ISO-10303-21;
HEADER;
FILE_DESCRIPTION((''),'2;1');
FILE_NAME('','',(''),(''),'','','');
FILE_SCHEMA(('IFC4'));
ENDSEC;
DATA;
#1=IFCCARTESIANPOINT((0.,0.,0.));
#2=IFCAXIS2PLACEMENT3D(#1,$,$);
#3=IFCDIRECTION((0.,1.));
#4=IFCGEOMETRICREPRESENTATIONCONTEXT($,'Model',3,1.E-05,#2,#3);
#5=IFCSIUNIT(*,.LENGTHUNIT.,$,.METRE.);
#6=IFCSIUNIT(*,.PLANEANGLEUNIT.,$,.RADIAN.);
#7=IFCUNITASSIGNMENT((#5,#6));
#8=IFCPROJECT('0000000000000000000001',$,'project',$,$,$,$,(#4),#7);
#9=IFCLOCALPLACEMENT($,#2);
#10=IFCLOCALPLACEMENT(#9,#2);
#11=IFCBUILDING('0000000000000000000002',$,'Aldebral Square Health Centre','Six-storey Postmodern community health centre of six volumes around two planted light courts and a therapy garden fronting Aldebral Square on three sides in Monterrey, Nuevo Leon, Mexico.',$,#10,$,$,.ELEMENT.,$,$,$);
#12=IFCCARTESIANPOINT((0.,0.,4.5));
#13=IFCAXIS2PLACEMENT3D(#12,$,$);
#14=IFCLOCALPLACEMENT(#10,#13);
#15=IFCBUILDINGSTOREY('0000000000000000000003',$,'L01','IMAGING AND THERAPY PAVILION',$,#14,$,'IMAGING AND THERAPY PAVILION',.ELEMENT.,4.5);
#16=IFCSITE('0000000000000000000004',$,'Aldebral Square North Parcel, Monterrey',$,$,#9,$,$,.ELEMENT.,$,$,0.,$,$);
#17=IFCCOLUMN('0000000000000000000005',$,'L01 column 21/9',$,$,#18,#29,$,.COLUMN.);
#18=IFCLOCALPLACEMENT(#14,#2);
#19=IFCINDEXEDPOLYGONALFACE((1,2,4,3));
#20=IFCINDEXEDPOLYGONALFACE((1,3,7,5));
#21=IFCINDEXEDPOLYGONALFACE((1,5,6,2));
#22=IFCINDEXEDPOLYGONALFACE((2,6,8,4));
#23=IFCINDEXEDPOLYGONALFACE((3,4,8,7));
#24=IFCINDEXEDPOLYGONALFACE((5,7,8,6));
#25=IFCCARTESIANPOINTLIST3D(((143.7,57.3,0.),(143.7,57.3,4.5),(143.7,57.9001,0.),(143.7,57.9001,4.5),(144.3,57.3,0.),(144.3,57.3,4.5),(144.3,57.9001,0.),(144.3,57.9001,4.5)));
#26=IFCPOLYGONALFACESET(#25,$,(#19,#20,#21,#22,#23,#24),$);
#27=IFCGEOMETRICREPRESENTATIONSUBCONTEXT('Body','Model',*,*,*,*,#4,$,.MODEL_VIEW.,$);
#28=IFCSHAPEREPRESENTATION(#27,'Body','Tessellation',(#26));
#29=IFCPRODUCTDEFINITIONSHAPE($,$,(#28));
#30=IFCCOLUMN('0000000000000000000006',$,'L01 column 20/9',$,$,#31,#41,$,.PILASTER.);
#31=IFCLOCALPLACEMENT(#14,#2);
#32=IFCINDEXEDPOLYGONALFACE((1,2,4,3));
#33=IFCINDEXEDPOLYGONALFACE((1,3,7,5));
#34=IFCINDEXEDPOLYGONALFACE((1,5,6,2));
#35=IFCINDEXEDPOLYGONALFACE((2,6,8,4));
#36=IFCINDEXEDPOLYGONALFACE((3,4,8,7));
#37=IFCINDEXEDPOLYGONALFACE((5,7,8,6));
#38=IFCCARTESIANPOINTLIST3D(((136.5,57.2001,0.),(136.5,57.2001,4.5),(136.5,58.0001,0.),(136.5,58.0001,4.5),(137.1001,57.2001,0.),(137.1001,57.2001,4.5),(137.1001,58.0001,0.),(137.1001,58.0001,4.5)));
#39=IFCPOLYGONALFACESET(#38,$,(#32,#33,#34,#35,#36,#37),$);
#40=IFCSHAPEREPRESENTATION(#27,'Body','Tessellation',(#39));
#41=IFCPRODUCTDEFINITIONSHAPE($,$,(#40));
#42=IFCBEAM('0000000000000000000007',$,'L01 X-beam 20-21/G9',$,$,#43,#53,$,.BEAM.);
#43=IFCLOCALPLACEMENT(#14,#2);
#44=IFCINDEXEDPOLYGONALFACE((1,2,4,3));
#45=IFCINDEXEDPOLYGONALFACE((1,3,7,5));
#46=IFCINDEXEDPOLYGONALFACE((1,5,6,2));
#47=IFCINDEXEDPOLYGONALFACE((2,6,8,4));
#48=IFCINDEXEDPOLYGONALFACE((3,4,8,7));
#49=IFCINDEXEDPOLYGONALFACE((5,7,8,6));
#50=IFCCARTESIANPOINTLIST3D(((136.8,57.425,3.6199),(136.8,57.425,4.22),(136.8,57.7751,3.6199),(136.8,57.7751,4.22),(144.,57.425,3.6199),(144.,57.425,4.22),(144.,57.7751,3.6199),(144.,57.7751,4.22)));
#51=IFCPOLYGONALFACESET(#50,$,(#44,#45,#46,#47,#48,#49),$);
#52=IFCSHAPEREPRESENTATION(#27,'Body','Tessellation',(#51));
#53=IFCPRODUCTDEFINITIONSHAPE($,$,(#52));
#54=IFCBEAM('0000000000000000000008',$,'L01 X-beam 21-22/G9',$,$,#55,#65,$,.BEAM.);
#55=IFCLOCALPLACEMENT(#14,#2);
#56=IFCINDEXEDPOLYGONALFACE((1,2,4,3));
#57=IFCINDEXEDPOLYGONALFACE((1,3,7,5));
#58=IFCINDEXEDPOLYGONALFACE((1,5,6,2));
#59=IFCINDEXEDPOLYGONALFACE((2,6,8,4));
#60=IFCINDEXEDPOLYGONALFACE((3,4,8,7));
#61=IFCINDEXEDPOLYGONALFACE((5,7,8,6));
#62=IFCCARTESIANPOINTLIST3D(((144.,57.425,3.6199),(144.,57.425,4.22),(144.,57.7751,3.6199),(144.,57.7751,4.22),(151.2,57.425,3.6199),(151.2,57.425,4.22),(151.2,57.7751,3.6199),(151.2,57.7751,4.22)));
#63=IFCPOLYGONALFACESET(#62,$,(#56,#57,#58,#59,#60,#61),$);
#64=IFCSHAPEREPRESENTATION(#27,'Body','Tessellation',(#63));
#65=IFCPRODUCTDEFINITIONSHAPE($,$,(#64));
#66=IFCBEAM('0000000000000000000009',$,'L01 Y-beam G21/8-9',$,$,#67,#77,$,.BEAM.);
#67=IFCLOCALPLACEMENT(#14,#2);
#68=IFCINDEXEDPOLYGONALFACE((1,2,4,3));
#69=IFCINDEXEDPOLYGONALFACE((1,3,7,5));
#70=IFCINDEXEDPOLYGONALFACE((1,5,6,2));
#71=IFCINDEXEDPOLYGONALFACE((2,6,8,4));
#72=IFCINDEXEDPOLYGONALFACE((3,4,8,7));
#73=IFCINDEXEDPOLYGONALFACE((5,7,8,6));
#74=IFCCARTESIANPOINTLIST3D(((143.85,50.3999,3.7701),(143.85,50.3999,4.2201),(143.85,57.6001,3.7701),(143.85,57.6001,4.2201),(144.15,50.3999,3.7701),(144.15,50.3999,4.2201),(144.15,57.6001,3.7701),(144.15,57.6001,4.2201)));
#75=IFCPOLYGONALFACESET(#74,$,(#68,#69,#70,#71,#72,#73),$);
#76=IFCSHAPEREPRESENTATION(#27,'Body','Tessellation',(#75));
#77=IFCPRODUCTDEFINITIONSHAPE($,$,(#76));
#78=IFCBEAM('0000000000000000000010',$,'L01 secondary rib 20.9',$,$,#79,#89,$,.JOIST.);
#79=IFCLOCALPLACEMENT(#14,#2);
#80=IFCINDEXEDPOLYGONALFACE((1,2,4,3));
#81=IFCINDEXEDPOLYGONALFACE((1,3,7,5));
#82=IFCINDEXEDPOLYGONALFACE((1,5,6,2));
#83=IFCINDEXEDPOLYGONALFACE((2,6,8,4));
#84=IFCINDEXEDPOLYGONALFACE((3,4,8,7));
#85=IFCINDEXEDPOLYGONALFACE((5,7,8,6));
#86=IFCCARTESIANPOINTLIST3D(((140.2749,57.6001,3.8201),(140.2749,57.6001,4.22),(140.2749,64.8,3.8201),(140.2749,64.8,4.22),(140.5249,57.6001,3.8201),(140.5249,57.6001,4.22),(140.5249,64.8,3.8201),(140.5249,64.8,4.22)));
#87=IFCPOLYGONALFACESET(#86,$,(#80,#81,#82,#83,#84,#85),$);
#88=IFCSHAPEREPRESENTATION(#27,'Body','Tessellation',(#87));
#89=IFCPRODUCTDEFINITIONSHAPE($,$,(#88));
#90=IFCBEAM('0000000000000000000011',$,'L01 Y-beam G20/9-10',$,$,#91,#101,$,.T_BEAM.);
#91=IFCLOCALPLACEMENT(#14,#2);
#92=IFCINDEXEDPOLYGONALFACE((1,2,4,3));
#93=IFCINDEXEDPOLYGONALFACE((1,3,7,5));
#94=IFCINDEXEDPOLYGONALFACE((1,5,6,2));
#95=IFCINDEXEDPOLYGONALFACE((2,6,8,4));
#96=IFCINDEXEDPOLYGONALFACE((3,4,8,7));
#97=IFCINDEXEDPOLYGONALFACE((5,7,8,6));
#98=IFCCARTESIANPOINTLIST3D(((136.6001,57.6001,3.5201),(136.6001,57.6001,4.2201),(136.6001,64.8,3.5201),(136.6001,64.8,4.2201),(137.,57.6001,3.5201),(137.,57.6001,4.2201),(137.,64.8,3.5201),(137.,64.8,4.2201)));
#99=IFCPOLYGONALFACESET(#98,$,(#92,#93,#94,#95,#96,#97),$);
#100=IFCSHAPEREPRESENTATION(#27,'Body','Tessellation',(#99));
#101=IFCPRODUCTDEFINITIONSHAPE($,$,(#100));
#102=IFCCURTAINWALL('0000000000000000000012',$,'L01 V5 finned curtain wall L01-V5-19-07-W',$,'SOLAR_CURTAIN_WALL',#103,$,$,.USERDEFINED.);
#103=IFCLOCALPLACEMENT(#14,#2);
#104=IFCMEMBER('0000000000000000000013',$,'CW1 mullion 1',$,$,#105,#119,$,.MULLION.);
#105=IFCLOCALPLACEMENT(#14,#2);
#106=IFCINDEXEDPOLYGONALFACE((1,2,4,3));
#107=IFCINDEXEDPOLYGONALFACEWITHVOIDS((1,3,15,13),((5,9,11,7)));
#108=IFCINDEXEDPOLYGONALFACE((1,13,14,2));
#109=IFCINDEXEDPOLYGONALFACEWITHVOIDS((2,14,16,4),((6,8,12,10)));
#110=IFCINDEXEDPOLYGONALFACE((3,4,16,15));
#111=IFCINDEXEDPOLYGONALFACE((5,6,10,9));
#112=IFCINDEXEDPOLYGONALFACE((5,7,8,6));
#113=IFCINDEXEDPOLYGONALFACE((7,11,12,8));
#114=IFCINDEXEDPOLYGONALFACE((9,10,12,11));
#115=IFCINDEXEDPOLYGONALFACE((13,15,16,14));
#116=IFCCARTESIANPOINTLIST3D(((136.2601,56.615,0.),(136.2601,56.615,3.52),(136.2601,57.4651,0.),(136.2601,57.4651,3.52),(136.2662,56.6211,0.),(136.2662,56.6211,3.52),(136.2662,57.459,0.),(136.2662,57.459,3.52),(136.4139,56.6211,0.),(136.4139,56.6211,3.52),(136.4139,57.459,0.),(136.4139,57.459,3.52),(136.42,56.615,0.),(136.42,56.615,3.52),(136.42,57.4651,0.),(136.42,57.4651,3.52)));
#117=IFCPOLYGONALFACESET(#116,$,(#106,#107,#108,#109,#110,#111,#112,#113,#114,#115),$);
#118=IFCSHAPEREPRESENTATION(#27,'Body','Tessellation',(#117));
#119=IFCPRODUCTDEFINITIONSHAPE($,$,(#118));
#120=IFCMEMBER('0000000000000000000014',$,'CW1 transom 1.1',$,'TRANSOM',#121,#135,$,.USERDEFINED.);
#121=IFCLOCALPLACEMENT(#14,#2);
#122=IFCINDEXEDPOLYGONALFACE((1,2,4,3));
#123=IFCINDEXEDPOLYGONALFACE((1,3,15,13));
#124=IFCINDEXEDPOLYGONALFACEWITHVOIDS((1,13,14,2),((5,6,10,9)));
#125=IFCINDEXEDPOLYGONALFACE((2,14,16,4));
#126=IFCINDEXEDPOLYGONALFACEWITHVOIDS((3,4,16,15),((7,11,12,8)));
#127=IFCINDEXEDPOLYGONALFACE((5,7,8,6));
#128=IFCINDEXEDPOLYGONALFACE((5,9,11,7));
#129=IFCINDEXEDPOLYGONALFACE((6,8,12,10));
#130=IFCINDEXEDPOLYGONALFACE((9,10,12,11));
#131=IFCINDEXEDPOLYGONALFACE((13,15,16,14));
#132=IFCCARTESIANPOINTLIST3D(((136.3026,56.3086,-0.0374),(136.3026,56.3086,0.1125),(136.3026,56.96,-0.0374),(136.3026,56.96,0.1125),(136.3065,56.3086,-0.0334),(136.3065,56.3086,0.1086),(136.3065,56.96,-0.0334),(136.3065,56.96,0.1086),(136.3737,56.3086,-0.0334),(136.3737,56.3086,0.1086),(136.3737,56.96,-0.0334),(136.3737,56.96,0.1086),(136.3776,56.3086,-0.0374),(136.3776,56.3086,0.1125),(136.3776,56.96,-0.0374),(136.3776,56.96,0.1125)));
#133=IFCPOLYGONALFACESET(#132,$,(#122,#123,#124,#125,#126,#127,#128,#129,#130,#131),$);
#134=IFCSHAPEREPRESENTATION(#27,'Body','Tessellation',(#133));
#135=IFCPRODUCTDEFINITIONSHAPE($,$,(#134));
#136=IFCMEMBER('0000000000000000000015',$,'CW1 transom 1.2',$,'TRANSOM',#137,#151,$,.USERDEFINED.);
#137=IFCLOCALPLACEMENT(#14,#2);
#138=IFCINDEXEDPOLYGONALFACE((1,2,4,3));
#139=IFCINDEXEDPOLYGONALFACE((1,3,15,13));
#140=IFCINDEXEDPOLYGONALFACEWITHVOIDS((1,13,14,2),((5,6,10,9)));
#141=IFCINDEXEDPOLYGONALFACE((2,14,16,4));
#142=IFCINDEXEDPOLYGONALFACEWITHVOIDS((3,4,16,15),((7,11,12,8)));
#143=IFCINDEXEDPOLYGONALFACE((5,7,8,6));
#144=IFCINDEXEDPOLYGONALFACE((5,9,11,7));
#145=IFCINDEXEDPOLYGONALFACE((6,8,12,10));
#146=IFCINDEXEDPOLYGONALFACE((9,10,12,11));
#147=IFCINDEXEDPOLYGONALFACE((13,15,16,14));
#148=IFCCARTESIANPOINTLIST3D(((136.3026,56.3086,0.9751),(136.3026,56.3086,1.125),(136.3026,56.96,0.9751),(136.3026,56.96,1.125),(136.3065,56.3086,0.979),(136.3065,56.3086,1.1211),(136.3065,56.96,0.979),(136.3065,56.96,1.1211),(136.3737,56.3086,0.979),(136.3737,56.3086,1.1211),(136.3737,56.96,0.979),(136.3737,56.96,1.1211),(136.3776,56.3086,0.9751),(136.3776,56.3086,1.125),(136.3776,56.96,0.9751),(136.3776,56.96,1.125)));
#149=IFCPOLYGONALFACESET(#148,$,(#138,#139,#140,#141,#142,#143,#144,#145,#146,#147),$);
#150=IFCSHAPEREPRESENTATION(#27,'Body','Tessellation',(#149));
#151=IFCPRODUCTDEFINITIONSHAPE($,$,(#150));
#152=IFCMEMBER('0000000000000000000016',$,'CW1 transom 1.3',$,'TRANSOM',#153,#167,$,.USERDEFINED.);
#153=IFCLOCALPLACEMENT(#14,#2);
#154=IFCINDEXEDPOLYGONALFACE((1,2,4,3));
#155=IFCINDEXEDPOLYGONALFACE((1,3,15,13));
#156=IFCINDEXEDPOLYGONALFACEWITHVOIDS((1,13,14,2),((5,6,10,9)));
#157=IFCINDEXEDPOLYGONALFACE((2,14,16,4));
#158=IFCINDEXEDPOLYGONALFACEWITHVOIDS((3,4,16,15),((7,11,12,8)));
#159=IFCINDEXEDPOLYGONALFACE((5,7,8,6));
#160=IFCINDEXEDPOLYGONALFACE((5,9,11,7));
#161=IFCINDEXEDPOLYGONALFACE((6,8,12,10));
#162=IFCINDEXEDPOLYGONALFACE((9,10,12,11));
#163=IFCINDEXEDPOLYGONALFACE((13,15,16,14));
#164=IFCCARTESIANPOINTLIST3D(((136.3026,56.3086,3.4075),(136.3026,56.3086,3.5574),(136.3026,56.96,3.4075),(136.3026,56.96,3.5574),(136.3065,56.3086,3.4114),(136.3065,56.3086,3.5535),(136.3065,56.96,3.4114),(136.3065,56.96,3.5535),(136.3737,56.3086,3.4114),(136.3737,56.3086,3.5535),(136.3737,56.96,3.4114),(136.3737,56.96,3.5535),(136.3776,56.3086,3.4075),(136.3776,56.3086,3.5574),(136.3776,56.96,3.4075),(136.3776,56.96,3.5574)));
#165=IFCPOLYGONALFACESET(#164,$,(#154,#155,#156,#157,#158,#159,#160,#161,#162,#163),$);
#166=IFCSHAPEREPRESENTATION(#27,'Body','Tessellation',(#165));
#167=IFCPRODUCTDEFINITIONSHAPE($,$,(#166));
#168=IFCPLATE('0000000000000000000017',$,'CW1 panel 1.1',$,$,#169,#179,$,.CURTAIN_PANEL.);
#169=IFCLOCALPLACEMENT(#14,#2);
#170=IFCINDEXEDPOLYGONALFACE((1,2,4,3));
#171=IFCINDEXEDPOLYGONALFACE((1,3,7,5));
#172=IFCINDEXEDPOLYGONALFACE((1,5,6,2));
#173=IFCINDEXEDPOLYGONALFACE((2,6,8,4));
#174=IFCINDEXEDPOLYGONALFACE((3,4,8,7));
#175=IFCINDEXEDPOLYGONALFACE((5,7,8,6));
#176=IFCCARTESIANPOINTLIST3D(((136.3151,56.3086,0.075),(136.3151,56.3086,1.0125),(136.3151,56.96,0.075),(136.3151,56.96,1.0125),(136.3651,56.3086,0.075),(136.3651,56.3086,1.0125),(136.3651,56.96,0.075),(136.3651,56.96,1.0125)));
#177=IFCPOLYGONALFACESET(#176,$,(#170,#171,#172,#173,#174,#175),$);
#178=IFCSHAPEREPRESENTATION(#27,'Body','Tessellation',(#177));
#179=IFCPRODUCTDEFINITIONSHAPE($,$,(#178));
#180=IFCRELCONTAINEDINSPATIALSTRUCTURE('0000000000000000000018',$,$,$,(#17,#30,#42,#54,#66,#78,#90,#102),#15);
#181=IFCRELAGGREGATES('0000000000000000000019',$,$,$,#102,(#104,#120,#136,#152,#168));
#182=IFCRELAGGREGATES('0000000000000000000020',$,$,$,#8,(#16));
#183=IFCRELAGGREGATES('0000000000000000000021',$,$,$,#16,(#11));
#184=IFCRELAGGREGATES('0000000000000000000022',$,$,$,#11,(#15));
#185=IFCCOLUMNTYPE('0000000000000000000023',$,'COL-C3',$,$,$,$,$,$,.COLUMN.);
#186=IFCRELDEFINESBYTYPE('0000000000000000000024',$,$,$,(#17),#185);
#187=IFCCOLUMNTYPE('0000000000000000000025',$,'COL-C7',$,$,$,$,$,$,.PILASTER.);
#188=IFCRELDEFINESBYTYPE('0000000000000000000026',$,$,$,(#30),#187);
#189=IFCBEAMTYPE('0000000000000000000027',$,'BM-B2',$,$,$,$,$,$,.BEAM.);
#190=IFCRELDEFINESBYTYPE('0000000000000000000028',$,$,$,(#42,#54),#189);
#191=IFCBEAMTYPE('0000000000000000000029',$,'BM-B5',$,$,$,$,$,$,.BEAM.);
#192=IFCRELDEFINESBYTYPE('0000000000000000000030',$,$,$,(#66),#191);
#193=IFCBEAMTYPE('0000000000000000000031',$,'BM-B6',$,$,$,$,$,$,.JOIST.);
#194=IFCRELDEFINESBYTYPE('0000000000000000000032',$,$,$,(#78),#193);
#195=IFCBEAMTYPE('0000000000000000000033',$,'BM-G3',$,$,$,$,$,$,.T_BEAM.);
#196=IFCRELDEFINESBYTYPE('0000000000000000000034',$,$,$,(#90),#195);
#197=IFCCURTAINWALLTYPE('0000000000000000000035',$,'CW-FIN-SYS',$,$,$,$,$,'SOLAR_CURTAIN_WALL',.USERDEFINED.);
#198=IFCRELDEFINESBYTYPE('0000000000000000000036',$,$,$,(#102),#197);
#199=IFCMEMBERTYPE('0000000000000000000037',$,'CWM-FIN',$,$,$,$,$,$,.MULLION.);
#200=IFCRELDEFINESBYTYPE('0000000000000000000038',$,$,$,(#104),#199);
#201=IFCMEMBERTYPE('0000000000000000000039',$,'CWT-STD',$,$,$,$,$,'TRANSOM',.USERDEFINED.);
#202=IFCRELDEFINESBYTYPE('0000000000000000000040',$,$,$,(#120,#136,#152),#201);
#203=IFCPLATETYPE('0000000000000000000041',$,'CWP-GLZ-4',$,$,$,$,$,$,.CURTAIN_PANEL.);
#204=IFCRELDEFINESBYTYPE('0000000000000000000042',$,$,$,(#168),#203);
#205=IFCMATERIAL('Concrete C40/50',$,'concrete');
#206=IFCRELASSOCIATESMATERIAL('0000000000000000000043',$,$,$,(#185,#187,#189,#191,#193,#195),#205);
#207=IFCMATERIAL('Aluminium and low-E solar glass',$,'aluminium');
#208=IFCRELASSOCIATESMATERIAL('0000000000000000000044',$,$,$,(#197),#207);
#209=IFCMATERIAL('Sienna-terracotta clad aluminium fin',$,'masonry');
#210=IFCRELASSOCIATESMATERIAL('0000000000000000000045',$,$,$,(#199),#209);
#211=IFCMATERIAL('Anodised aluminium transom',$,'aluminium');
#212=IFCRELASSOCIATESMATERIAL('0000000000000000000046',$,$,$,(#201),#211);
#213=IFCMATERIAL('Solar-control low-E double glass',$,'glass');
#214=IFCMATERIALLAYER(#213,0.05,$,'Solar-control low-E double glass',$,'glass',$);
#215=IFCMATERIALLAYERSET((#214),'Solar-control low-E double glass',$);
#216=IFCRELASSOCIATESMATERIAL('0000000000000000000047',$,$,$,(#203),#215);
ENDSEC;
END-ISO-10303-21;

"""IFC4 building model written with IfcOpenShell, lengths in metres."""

from ifc_helpers import new_model, si_unit, direction, frame, origin, origin_2d, place, context, subcontext, project, spatial, rectangle, hollow_rectangle, extrude, material, layer, layer_set, material_profile, profile_set, type_object, element, aggregate, save


model = new_model("IFC4")

# Units and contexts
model_context = context("Model", 3, precision=1e-05, world=origin(), true_north=direction((0.0, 1.0)))
body_context = subcontext(model_context, "Body", "Model", "MODEL_VIEW")
ifc_project = project(units=[si_unit("LENGTHUNIT", "METRE"), si_unit("PLANEANGLEUNIT", "RADIAN")], contexts=[model_context])

# Site, building, storey
site_placement = place(None, origin())
site = spatial("IfcSite", under=ifc_project, at=site_placement, Name="Aldebral Square North Parcel, Monterrey", CompositionType="ELEMENT", RefElevation=0.0)
building_placement = place(site_placement, origin())
building = spatial("IfcBuilding", under=site, at=building_placement, Name="Aldebral Square Health Centre", Description="Six-storey Postmodern community health centre of six volumes around two planted light courts and a therapy garden fronting Aldebral Square on three sides in Monterrey, Nuevo Leon, Mexico.", CompositionType="ELEMENT")
storey_placement = place(building_placement, frame((0.0, 0.0, 4.5)))
storey = spatial("IfcBuildingStorey", under=building, at=storey_placement, Name="L01", Description="IMAGING AND THERAPY PAVILION", LongName="IMAGING AND THERAPY PAVILION", CompositionType="ELEMENT", Elevation=4.5)

# Columns
ifc_material_1 = material(Name="Concrete C40/50", Category="concrete")
ifc_material_profile_1 = material_profile(ifc_material_1, rectangle(XDim=0.6001, YDim=0.6001, at=origin_2d()), Name="RC 600x600")
ifc_profile_set_1 = profile_set([ifc_material_profile_1], Name="Concrete C40/50")
column_type_1 = type_object("IfcColumnType", Name="COL-C3", PredefinedType="COLUMN", material=ifc_profile_set_1)
column_1_placement = place(storey_placement, frame((144.0, 57.6001, 0.0), z_axis=(0.0, 0.0, 1.0), x_axis=(1.0, 0.0, 0.0)))
element("IfcColumn", 1, at=column_1_placement, inside=storey, type_object=column_type_1, Name="L01 column 21/9", PredefinedType="COLUMN", context=body_context, shape_type="SweptSolid", body=[
    extrude(rectangle(XDim=0.6001, YDim=0.6001, at=origin_2d()), origin(), (0.0, 0.0, 1.0), 4.5),
])
ifc_material_profile_2 = material_profile(ifc_material_1, rectangle(XDim=0.6001, YDim=0.8, at=origin_2d()), Name="RC 600x800")
ifc_profile_set_2 = profile_set([ifc_material_profile_2], Name="Concrete C40/50")
column_type_2 = type_object("IfcColumnType", Name="COL-C7", PredefinedType="PILASTER", material=ifc_profile_set_2)
column_2_placement = place(storey_placement, frame((136.8, 57.6001, 0.0), z_axis=(0.0, 0.0, 1.0), x_axis=(1.0, 0.0, 0.0)))
element("IfcColumn", 2, at=column_2_placement, inside=storey, type_object=column_type_2, Name="L01 column 20/9", PredefinedType="PILASTER", context=body_context, shape_type="SweptSolid", body=[
    extrude(rectangle(XDim=0.6001, YDim=0.8, at=origin_2d()), origin(), (0.0, 0.0, 1.0), 4.5),
])

# Beams
ifc_material_profile_3 = material_profile(ifc_material_1, rectangle(XDim=0.3501, YDim=0.6001, at=origin_2d()), Name="RC 350x600")
ifc_profile_set_3 = profile_set([ifc_material_profile_3], Name="Concrete C40/50")
beam_type_1 = type_object("IfcBeamType", Name="BM-B2", PredefinedType="BEAM", material=ifc_profile_set_3)
for number, where, z_axis, x_axis, name in (
    (3, (136.8, 57.6001, 3.9199), (1.0, 0.0, 0.0), (0.0, 1.0, 0.0), "L01 X-beam 20-21/G9"),
    (4, (144.0, 57.6001, 3.9199), (1.0, 0.0, 0.0), (0.0, 1.0, 0.0), "L01 X-beam 21-22/G9"),
):
    element("IfcBeam", number, at=place(storey_placement, frame(where, z_axis=z_axis, x_axis=x_axis)), inside=storey, type_object=beam_type_1, Name=name, PredefinedType="BEAM", context=body_context, shape_type="SweptSolid", body=[
        extrude(rectangle(XDim=0.3501, YDim=0.6001, at=origin_2d()), origin(), (0.0, 0.0, 1.0), 7.2),
    ])
ifc_material_profile_4 = material_profile(ifc_material_1, rectangle(XDim=0.3, YDim=0.45, at=origin_2d()), Name="RC 300x450")
ifc_profile_set_4 = profile_set([ifc_material_profile_4], Name="Concrete C40/50")
beam_type_2 = type_object("IfcBeamType", Name="BM-B5", PredefinedType="BEAM", material=ifc_profile_set_4)
beam_1_placement = place(storey_placement, frame((144.0, 50.3999, 3.9951), z_axis=(0.0, 1.0, 0.0), x_axis=(-1.0, 0.0, 0.0)))
element("IfcBeam", 5, at=beam_1_placement, inside=storey, type_object=beam_type_2, Name="L01 Y-beam G21/8-9", PredefinedType="BEAM", context=body_context, shape_type="SweptSolid", body=[
    extrude(rectangle(XDim=0.3, YDim=0.45, at=origin_2d()), origin(), (0.0, 0.0, 1.0), 7.2002),
])
ifc_material_profile_5 = material_profile(ifc_material_1, rectangle(XDim=0.25, YDim=0.3999, at=origin_2d()), Name="RC 250x400")
ifc_profile_set_5 = profile_set([ifc_material_profile_5], Name="Concrete C40/50")
beam_type_3 = type_object("IfcBeamType", Name="BM-B6", PredefinedType="JOIST", material=ifc_profile_set_5)
beam_2_placement = place(storey_placement, frame((140.3999, 57.6001, 4.02), z_axis=(0.0, 1.0, 0.0), x_axis=(-1.0, 0.0, 0.0)))
element("IfcBeam", 6, at=beam_2_placement, inside=storey, type_object=beam_type_3, Name="L01 secondary rib 20.9", PredefinedType="JOIST", context=body_context, shape_type="SweptSolid", body=[
    extrude(rectangle(XDim=0.25, YDim=0.3999, at=origin_2d()), origin(), (0.0, 0.0, 1.0), 7.2),
])
ifc_material_profile_6 = material_profile(ifc_material_1, rectangle(XDim=0.3999, YDim=0.7, at=origin_2d()), Name="RC 400x700")
ifc_profile_set_6 = profile_set([ifc_material_profile_6], Name="Concrete C40/50")
beam_type_4 = type_object("IfcBeamType", Name="BM-G3", PredefinedType="T_BEAM", material=ifc_profile_set_6)
beam_3_placement = place(storey_placement, frame((136.8, 57.6001, 3.8701), z_axis=(0.0, 1.0, 0.0), x_axis=(-1.0, 0.0, 0.0)))
element("IfcBeam", 7, at=beam_3_placement, inside=storey, type_object=beam_type_4, Name="L01 Y-beam G20/9-10", PredefinedType="T_BEAM", context=body_context, shape_type="SweptSolid", body=[
    extrude(rectangle(XDim=0.3999, YDim=0.7, at=origin_2d()), origin(), (0.0, 0.0, 1.0), 7.2),
])

# Curtain wall, members, plate
ifc_material_2 = material(Name="Aluminium and low-E solar glass", Category="aluminium")
curtain_wall_type = type_object("IfcCurtainWallType", Name="CW-FIN-SYS", ElementType="SOLAR_CURTAIN_WALL", PredefinedType="USERDEFINED", material=ifc_material_2)
curtain_wall_placement = place(storey_placement, origin())
curtain_wall = element("IfcCurtainWall", 8, at=curtain_wall_placement, inside=storey, type_object=curtain_wall_type, Name="L01 V5 finned curtain wall L01-V5-19-07-W", ObjectType="SOLAR_CURTAIN_WALL", PredefinedType="USERDEFINED")
ifc_material_3 = material(Name="Sienna-terracotta clad aluminium fin", Category="masonry")
ifc_material_profile_7 = material_profile(ifc_material_3, hollow_rectangle(XDim=0.1599, YDim=0.8501, WallThickness=0.0061, at=origin_2d()), Name="FIN 160x850x6")
ifc_profile_set_7 = profile_set([ifc_material_profile_7], Name="Sienna-terracotta clad aluminium fin")
member_type_1 = type_object("IfcMemberType", Name="CWM-FIN", PredefinedType="MULLION", material=ifc_profile_set_7)
member_1_placement = place(storey_placement, frame((136.3401, 57.04, 0.0), z_axis=(0.0, 0.0, 1.0), x_axis=(1.0, 0.0, 0.0)))
member_1 = element("IfcMember", 9, at=member_1_placement, type_object=member_type_1, Name="CW1 mullion 1", PredefinedType="MULLION", context=body_context, shape_type="SweptSolid", body=[
    extrude(hollow_rectangle(XDim=0.1599, YDim=0.8501, WallThickness=0.0061, at=origin_2d()), origin(), (0.0, 0.0, 1.0), 3.52),
])
ifc_material_4 = material(Name="Anodised aluminium transom", Category="aluminium")
ifc_material_profile_8 = material_profile(ifc_material_4, hollow_rectangle(XDim=0.075, YDim=0.1499, WallThickness=0.0039, at=origin_2d()), Name="CWT 75x150x4")
ifc_profile_set_8 = profile_set([ifc_material_profile_8], Name="Anodised aluminium transom")
member_type_2 = type_object("IfcMemberType", Name="CWT-STD", ElementType="TRANSOM", PredefinedType="USERDEFINED", material=ifc_profile_set_8)
member_2_placement = place(storey_placement, frame((136.3401, 56.96, 0.0376), z_axis=(0.0, -1.0, 0.0), x_axis=(1.0, 0.0, 0.0)))
member_2 = element("IfcMember", 10, at=member_2_placement, type_object=member_type_2, Name="CW1 transom 1.1", ObjectType="TRANSOM", PredefinedType="USERDEFINED", context=body_context, shape_type="SweptSolid", body=[
    extrude(hollow_rectangle(XDim=0.075, YDim=0.1499, WallThickness=0.0039, at=origin_2d()), origin(), (0.0, 0.0, 1.0), 0.6514),
])
member_3_placement = place(storey_placement, frame((136.3401, 56.96, 1.05), z_axis=(0.0, -1.0, 0.0), x_axis=(1.0, 0.0, 0.0)))
member_3 = element("IfcMember", 11, at=member_3_placement, type_object=member_type_2, Name="CW1 transom 1.2", ObjectType="TRANSOM", PredefinedType="USERDEFINED", context=body_context, shape_type="SweptSolid", body=[
    extrude(hollow_rectangle(XDim=0.075, YDim=0.1499, WallThickness=0.0039, at=origin_2d()), origin(), (0.0, 0.0, 1.0), 0.6514),
])
member_4_placement = place(storey_placement, frame((136.3401, 56.96, 3.4824), z_axis=(0.0, -1.0, 0.0), x_axis=(1.0, 0.0, 0.0)))
member_4 = element("IfcMember", 12, at=member_4_placement, type_object=member_type_2, Name="CW1 transom 1.3", ObjectType="TRANSOM", PredefinedType="USERDEFINED", context=body_context, shape_type="SweptSolid", body=[
    extrude(hollow_rectangle(XDim=0.075, YDim=0.1499, WallThickness=0.0039, at=origin_2d()), origin(), (0.0, 0.0, 1.0), 0.6514),
])
ifc_material_5 = material(Name="Solar-control low-E double glass", Category="glass")
ifc_layer_1 = layer(ifc_material_5, 0.05, Name="Solar-control low-E double glass", Category="glass")
ifc_layer_set_1 = layer_set([ifc_layer_1], Name="Solar-control low-E double glass")
plate_type = type_object("IfcPlateType", Name="CWP-GLZ-4", PredefinedType="CURTAIN_PANEL", material=ifc_layer_set_1)
plate_1_placement = place(storey_placement, frame((136.3401, 56.6343, 0.075), z_axis=(0.0, 0.0, 1.0), x_axis=(0.0, -1.0, 0.0)))
plate_1 = element("IfcPlate", 13, at=plate_1_placement, type_object=plate_type, Name="CW1 panel 1.1", PredefinedType="CURTAIN_PANEL", context=body_context, shape_type="SweptSolid", body=[
    extrude(rectangle(XDim=0.6514, YDim=0.05, at=origin_2d()), origin(), (0.0, 0.0, 1.0), 0.9375),
])
aggregate(curtain_wall, [member_1, member_2, member_3, member_4, plate_1])

save(model, "model.ifc")
